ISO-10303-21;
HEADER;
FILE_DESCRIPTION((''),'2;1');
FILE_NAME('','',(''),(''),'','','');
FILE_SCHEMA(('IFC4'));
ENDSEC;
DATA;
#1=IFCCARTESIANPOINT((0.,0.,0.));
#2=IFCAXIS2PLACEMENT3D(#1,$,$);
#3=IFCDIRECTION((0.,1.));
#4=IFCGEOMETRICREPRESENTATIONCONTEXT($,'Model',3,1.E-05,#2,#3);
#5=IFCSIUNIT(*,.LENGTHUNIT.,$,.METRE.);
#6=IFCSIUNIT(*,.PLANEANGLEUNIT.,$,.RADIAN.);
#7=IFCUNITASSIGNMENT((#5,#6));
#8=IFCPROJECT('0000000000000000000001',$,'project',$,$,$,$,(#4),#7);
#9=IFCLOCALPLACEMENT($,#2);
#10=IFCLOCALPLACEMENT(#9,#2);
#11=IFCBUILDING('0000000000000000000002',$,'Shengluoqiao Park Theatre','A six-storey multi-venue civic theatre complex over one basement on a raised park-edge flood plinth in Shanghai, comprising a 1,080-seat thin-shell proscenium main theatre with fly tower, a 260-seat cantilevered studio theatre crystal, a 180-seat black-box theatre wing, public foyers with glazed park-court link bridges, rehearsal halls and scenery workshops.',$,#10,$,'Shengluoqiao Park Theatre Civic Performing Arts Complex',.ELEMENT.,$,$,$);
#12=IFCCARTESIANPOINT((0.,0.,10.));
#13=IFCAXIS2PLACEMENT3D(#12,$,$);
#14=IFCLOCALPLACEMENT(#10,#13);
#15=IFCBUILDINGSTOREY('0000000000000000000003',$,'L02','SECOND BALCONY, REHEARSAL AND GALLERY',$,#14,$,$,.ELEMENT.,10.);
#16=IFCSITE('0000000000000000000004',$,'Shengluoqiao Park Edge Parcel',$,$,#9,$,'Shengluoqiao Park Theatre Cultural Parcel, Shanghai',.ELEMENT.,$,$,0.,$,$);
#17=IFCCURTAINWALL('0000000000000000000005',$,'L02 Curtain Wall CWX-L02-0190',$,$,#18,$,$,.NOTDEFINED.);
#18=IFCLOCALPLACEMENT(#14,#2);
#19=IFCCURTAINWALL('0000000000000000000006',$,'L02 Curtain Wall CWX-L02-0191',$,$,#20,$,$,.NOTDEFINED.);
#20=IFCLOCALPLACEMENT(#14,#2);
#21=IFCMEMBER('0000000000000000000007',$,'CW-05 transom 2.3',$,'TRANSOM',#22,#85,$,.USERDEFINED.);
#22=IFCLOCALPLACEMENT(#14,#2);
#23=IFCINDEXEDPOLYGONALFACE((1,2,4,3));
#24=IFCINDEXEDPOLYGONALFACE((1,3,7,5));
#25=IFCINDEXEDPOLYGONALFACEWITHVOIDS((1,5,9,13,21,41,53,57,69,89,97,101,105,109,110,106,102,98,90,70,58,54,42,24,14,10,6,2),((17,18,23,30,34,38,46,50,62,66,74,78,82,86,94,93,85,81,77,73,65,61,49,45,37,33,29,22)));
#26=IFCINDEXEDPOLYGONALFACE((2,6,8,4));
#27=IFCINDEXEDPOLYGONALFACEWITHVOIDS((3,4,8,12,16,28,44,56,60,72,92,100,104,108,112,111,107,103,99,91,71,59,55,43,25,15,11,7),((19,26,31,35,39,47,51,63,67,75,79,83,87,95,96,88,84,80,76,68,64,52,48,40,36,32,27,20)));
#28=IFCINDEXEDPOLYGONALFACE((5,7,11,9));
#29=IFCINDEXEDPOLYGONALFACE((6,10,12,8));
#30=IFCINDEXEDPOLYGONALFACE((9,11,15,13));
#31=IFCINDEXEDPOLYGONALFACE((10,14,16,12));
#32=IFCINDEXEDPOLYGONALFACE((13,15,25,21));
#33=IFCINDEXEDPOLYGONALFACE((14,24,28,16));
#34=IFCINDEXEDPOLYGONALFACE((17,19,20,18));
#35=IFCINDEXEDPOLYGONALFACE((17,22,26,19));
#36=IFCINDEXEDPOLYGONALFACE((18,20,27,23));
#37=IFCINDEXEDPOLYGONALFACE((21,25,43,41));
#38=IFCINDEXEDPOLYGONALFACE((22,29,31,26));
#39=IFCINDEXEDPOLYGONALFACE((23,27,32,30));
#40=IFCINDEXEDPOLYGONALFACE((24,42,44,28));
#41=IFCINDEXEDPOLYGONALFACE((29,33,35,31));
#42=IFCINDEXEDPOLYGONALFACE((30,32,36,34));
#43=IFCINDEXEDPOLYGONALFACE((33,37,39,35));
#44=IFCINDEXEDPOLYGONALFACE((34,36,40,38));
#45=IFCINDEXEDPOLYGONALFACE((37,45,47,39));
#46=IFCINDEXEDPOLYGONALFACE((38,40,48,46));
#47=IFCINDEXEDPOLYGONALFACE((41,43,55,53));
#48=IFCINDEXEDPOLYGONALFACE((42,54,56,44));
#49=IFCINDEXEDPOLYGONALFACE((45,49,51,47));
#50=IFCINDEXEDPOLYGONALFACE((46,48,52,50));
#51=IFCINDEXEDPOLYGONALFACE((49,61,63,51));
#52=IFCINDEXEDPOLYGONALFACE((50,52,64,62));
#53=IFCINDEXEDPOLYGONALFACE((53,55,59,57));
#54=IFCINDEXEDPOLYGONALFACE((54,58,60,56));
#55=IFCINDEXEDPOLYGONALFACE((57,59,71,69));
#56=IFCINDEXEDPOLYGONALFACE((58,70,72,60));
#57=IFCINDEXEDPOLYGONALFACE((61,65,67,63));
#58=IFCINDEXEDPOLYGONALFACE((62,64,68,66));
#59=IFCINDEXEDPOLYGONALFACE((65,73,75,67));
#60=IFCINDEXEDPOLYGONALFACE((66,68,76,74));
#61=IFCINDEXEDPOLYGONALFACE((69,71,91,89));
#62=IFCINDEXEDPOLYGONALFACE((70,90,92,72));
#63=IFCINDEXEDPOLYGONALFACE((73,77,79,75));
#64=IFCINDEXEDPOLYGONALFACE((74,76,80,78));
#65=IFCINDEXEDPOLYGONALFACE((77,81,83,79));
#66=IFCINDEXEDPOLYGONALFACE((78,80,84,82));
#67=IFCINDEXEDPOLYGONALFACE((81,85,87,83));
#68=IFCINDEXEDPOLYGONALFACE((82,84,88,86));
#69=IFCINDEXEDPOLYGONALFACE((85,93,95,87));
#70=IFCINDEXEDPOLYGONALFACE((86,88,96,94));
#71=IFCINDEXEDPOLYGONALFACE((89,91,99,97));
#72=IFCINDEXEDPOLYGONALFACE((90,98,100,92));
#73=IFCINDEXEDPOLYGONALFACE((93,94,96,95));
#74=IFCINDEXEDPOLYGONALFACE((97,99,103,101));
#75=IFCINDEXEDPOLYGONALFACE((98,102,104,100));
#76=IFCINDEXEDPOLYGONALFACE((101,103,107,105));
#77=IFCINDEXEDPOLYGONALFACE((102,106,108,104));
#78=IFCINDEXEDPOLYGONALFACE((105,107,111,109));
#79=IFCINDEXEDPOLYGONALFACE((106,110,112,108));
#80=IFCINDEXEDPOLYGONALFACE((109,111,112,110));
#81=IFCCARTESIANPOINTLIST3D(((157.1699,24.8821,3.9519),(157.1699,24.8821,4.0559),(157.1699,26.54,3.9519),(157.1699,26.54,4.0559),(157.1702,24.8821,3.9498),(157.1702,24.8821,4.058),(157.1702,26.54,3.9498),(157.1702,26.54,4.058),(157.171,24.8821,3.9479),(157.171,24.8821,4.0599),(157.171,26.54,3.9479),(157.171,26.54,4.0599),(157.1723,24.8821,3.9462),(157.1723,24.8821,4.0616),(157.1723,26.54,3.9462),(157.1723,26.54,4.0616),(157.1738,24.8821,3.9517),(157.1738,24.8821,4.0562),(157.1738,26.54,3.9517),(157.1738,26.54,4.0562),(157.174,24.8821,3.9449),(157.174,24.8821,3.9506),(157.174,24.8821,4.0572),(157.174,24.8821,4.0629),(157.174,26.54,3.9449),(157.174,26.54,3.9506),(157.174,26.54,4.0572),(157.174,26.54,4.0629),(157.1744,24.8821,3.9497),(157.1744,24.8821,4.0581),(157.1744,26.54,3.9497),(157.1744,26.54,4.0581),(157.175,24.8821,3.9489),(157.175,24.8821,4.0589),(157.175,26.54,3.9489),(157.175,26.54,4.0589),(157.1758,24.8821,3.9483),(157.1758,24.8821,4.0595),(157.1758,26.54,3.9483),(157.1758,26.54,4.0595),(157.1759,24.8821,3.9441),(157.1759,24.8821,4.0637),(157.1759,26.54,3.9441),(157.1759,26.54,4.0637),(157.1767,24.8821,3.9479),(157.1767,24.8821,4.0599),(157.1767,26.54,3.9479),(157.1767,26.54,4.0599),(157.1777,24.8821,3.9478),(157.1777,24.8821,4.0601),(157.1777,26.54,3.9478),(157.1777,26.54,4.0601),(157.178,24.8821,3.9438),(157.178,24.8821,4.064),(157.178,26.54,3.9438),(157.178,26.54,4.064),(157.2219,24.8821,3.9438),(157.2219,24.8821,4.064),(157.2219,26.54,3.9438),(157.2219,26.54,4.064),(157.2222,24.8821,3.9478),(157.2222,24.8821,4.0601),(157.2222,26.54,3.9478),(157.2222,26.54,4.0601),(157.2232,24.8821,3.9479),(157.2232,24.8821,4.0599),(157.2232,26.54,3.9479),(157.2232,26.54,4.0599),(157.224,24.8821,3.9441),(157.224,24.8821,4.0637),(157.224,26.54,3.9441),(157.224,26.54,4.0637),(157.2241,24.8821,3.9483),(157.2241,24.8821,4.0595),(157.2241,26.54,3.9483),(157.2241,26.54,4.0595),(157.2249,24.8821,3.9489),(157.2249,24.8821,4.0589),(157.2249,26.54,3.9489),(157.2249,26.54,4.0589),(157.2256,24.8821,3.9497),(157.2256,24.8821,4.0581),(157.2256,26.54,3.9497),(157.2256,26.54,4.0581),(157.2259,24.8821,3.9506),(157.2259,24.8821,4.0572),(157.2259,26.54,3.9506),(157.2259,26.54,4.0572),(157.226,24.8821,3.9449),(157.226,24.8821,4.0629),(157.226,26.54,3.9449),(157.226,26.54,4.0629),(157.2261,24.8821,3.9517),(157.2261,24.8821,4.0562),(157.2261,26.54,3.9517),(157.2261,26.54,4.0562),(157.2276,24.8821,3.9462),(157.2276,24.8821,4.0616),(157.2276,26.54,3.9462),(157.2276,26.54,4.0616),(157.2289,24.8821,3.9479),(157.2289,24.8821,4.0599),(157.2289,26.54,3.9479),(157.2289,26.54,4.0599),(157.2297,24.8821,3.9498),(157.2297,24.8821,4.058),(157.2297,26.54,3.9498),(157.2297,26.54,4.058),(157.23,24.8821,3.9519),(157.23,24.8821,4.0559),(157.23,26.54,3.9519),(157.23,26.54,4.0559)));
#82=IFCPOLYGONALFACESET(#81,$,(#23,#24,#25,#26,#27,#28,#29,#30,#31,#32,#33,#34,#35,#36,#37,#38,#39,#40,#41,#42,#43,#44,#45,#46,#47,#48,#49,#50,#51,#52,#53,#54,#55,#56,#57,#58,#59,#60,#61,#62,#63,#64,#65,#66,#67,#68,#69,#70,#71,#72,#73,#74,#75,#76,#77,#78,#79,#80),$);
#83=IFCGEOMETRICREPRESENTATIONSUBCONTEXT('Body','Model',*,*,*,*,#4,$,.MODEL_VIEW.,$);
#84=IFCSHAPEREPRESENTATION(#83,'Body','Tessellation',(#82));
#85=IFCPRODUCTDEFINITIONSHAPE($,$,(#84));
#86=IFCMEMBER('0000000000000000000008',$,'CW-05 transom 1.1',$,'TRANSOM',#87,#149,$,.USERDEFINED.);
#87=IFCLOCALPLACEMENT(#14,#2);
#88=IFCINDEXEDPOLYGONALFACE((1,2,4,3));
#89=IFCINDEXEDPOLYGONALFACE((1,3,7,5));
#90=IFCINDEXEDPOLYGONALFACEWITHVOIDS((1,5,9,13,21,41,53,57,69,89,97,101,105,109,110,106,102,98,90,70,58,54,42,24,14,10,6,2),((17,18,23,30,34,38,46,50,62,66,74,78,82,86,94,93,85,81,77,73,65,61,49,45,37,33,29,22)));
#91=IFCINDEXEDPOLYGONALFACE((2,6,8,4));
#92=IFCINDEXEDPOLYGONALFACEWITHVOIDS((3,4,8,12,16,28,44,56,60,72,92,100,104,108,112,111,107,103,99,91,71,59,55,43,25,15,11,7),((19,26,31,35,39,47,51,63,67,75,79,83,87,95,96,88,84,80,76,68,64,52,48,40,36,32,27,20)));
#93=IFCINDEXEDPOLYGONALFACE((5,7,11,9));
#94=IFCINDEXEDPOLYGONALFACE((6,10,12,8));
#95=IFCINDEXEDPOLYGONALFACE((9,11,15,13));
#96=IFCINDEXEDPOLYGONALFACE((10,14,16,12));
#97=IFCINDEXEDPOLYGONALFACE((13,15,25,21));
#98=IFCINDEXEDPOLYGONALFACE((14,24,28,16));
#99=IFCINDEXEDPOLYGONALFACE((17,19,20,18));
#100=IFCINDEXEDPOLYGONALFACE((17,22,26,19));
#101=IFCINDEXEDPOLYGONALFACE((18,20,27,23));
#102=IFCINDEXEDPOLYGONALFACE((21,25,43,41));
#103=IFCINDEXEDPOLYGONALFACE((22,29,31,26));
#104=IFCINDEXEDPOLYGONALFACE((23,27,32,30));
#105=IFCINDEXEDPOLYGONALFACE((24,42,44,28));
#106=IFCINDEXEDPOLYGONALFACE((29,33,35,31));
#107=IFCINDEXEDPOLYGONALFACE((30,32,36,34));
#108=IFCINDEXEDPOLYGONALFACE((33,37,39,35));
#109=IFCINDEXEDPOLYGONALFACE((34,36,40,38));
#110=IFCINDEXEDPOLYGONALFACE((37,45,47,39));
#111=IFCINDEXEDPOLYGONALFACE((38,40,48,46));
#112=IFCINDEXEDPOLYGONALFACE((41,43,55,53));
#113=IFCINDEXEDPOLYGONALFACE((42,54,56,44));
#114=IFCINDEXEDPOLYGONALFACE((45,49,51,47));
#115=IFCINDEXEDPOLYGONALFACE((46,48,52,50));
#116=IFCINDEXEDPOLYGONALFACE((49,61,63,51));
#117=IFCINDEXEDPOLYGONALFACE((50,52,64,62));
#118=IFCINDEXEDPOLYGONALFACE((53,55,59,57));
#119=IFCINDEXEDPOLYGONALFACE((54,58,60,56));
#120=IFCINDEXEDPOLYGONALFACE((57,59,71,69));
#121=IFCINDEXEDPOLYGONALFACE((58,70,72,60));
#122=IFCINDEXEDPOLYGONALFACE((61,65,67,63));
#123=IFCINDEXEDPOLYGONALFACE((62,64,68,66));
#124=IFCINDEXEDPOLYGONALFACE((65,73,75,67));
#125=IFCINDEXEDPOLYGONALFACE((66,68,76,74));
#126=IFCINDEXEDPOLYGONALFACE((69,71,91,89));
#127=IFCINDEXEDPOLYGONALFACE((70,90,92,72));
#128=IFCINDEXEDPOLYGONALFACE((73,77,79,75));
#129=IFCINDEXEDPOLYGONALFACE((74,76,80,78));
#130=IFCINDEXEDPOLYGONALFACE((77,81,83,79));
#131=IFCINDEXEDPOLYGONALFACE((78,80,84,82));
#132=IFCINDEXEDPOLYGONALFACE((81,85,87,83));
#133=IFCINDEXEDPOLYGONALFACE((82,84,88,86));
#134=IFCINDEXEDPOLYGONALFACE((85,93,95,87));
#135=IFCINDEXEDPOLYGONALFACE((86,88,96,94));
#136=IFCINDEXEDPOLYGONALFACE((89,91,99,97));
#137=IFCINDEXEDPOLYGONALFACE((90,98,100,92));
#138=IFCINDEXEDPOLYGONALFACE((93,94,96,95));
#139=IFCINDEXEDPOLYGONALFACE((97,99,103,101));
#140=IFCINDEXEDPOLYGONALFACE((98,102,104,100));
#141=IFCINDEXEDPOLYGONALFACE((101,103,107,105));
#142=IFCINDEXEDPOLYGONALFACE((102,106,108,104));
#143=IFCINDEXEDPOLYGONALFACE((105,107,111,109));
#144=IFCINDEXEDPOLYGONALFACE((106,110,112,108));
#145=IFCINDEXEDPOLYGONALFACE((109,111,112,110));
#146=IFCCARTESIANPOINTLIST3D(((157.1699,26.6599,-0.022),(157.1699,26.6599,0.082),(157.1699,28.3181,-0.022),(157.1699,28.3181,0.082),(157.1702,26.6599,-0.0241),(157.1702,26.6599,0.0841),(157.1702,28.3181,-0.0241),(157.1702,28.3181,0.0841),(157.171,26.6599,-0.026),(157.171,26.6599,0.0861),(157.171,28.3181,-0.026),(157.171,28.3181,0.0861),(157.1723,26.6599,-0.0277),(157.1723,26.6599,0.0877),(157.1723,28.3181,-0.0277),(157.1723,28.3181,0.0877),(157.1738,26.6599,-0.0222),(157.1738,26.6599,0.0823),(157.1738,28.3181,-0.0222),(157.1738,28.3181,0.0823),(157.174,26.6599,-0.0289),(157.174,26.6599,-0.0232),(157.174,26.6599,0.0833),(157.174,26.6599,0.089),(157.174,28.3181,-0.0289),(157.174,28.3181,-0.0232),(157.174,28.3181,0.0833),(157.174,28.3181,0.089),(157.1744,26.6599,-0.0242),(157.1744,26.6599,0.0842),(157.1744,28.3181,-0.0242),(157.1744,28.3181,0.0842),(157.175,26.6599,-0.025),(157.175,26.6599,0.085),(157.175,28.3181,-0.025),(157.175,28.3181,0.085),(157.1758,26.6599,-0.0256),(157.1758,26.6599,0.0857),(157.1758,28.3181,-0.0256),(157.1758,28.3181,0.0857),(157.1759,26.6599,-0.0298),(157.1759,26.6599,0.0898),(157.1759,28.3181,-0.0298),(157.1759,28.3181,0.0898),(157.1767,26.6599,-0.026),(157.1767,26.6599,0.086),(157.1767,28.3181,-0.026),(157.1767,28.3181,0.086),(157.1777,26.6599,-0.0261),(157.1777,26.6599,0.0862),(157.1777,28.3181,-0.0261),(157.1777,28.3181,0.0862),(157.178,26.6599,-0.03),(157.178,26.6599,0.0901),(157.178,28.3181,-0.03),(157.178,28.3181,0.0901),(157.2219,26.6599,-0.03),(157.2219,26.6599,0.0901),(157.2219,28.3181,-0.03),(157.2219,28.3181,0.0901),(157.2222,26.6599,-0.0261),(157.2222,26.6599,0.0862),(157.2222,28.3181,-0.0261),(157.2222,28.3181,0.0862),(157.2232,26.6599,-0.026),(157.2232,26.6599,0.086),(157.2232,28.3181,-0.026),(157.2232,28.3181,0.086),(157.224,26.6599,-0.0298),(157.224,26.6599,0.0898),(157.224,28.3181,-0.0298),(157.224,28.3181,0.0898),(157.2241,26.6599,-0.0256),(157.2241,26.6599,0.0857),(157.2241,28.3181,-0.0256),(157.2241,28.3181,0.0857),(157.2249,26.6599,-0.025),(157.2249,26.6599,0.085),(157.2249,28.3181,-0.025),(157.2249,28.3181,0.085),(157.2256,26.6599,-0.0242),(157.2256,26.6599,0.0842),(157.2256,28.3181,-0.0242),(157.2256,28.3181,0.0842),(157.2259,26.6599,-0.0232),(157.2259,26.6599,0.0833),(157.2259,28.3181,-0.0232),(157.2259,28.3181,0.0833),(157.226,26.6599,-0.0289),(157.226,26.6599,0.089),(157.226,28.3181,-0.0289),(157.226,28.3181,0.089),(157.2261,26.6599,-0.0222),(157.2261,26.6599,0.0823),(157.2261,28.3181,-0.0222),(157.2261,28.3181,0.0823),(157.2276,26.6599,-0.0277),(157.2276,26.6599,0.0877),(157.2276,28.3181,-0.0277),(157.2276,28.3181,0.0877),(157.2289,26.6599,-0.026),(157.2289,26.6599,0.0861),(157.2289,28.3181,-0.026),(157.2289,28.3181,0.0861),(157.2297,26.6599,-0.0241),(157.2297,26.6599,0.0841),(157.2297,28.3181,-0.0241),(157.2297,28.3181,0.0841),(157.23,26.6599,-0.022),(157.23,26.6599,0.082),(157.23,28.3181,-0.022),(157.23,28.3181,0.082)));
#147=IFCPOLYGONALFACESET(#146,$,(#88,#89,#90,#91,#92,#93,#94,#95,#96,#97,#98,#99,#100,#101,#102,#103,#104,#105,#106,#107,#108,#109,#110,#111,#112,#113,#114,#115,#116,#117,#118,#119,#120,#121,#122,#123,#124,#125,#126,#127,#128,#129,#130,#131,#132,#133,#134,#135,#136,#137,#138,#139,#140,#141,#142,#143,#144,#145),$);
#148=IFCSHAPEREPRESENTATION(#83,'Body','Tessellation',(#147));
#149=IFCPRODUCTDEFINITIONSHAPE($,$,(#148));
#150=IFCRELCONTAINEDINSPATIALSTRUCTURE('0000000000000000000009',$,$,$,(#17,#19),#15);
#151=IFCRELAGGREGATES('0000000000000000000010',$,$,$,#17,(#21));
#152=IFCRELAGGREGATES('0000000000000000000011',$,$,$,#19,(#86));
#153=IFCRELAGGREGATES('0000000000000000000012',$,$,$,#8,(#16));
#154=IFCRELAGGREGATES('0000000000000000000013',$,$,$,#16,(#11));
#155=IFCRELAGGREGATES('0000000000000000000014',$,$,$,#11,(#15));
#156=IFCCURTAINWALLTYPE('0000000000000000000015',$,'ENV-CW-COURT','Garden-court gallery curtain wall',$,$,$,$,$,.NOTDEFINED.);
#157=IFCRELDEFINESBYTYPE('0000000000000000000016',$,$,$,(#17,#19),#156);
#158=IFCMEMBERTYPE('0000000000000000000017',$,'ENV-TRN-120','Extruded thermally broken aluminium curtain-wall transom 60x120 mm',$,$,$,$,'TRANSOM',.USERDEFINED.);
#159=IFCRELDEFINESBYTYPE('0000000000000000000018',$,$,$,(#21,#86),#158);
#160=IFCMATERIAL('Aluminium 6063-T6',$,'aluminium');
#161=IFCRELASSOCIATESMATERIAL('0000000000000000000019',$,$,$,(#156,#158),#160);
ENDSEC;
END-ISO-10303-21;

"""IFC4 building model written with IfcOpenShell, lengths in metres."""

from ifc_helpers import new_model, si_unit, direction, frame, origin, origin_2d, place, context, subcontext, project, spatial, hollow_rectangle, extrude, material, material_profile, profile_set, type_object, element, aggregate, save


model = new_model("IFC4")

# Units and contexts
model_context = context("Model", 3, precision=1e-05, world=origin(), true_north=direction((0.0, 1.0)))
body_context = subcontext(model_context, "Body", "Model", "MODEL_VIEW")
ifc_project = project(units=[si_unit("LENGTHUNIT", "METRE"), si_unit("PLANEANGLEUNIT", "RADIAN")], contexts=[model_context])

# Site, building, storey
site_placement = place(None, origin())
site = spatial("IfcSite", under=ifc_project, at=site_placement, Name="Shengluoqiao Park Edge Parcel", LongName="Shengluoqiao Park Theatre Cultural Parcel, Shanghai", CompositionType="ELEMENT", RefElevation=0.0)
building_placement = place(site_placement, origin())
building = spatial("IfcBuilding", under=site, at=building_placement, Name="Shengluoqiao Park Theatre", Description="A six-storey multi-venue civic theatre complex over one basement on a raised park-edge flood plinth in Shanghai, comprising a 1,080-seat thin-shell proscenium main theatre with fly tower, a 260-seat cantilevered studio theatre crystal, a 180-seat black-box theatre wing, public foyers with glazed park-court link bridges, rehearsal halls and scenery workshops.", LongName="Shengluoqiao Park Theatre Civic Performing Arts Complex", CompositionType="ELEMENT")
storey_placement = place(building_placement, frame((0.0, 0.0, 10.0)))
storey = spatial("IfcBuildingStorey", under=building, at=storey_placement, Name="L02", Description="SECOND BALCONY, REHEARSAL AND GALLERY", CompositionType="ELEMENT", Elevation=10.0)

# Curtain walls
ifc_material_1 = material(Name="Aluminium 6063-T6", Category="aluminium")
curtain_wall_type = type_object("IfcCurtainWallType", Name="ENV-CW-COURT", Description="Garden-court gallery curtain wall", PredefinedType="NOTDEFINED", material=ifc_material_1)
curtain_wall_1_placement = place(storey_placement, origin())
curtain_wall_1 = element("IfcCurtainWall", 1, at=curtain_wall_1_placement, inside=storey, type_object=curtain_wall_type, Name="L02 Curtain Wall CWX-L02-0190", PredefinedType="NOTDEFINED")
curtain_wall_2_placement = place(storey_placement, origin())
curtain_wall_2 = element("IfcCurtainWall", 2, at=curtain_wall_2_placement, inside=storey, type_object=curtain_wall_type, Name="L02 Curtain Wall CWX-L02-0191", PredefinedType="NOTDEFINED")

# Members
ifc_material_profile_1 = material_profile(ifc_material_1, hollow_rectangle(XDim=0.0601, YDim=0.1201, WallThickness=0.0039, InnerFilletRadius=0.0039, OuterFilletRadius=0.0081, at=origin_2d()), Name="ALU TRANSOM 120x60x4")
ifc_profile_set_1 = profile_set([ifc_material_profile_1], Name="Aluminium 6063-T6")
member_type_1 = type_object("IfcMemberType", Name="ENV-TRN-120", Description="Extruded thermally broken aluminium curtain-wall transom 60x120 mm", ElementType="TRANSOM", PredefinedType="USERDEFINED", material=ifc_profile_set_1)
member_1_placement = place(storey_placement, frame((157.2, 24.8821, 4.0039), z_axis=(0.0, 1.0, 0.0), x_axis=(-1.0, 0.0, 0.0)))
member_1 = element("IfcMember", 3, at=member_1_placement, type_object=member_type_1, Name="CW-05 transom 2.3", ObjectType="TRANSOM", PredefinedType="USERDEFINED", context=body_context, shape_type="SweptSolid", body=[
    extrude(hollow_rectangle(XDim=0.0601, YDim=0.1201, WallThickness=0.0039, InnerFilletRadius=0.0039, OuterFilletRadius=0.0081, at=origin_2d()), origin(), (0.0, 0.0, 1.0), 1.658),
])
member_2_placement = place(storey_placement, frame((157.2, 26.6599, 0.03), z_axis=(0.0, 1.0, 0.0), x_axis=(-1.0, 0.0, 0.0)))
member_2 = element("IfcMember", 4, at=member_2_placement, type_object=member_type_1, Name="CW-05 transom 1.1", ObjectType="TRANSOM", PredefinedType="USERDEFINED", context=body_context, shape_type="SweptSolid", body=[
    extrude(hollow_rectangle(XDim=0.0601, YDim=0.1201, WallThickness=0.0039, InnerFilletRadius=0.0039, OuterFilletRadius=0.0081, at=origin_2d()), origin(), (0.0, 0.0, 1.0), 1.6582),
])

aggregate(curtain_wall_1, [member_1])
aggregate(curtain_wall_2, [member_2])

save(model, "model.ifc")
